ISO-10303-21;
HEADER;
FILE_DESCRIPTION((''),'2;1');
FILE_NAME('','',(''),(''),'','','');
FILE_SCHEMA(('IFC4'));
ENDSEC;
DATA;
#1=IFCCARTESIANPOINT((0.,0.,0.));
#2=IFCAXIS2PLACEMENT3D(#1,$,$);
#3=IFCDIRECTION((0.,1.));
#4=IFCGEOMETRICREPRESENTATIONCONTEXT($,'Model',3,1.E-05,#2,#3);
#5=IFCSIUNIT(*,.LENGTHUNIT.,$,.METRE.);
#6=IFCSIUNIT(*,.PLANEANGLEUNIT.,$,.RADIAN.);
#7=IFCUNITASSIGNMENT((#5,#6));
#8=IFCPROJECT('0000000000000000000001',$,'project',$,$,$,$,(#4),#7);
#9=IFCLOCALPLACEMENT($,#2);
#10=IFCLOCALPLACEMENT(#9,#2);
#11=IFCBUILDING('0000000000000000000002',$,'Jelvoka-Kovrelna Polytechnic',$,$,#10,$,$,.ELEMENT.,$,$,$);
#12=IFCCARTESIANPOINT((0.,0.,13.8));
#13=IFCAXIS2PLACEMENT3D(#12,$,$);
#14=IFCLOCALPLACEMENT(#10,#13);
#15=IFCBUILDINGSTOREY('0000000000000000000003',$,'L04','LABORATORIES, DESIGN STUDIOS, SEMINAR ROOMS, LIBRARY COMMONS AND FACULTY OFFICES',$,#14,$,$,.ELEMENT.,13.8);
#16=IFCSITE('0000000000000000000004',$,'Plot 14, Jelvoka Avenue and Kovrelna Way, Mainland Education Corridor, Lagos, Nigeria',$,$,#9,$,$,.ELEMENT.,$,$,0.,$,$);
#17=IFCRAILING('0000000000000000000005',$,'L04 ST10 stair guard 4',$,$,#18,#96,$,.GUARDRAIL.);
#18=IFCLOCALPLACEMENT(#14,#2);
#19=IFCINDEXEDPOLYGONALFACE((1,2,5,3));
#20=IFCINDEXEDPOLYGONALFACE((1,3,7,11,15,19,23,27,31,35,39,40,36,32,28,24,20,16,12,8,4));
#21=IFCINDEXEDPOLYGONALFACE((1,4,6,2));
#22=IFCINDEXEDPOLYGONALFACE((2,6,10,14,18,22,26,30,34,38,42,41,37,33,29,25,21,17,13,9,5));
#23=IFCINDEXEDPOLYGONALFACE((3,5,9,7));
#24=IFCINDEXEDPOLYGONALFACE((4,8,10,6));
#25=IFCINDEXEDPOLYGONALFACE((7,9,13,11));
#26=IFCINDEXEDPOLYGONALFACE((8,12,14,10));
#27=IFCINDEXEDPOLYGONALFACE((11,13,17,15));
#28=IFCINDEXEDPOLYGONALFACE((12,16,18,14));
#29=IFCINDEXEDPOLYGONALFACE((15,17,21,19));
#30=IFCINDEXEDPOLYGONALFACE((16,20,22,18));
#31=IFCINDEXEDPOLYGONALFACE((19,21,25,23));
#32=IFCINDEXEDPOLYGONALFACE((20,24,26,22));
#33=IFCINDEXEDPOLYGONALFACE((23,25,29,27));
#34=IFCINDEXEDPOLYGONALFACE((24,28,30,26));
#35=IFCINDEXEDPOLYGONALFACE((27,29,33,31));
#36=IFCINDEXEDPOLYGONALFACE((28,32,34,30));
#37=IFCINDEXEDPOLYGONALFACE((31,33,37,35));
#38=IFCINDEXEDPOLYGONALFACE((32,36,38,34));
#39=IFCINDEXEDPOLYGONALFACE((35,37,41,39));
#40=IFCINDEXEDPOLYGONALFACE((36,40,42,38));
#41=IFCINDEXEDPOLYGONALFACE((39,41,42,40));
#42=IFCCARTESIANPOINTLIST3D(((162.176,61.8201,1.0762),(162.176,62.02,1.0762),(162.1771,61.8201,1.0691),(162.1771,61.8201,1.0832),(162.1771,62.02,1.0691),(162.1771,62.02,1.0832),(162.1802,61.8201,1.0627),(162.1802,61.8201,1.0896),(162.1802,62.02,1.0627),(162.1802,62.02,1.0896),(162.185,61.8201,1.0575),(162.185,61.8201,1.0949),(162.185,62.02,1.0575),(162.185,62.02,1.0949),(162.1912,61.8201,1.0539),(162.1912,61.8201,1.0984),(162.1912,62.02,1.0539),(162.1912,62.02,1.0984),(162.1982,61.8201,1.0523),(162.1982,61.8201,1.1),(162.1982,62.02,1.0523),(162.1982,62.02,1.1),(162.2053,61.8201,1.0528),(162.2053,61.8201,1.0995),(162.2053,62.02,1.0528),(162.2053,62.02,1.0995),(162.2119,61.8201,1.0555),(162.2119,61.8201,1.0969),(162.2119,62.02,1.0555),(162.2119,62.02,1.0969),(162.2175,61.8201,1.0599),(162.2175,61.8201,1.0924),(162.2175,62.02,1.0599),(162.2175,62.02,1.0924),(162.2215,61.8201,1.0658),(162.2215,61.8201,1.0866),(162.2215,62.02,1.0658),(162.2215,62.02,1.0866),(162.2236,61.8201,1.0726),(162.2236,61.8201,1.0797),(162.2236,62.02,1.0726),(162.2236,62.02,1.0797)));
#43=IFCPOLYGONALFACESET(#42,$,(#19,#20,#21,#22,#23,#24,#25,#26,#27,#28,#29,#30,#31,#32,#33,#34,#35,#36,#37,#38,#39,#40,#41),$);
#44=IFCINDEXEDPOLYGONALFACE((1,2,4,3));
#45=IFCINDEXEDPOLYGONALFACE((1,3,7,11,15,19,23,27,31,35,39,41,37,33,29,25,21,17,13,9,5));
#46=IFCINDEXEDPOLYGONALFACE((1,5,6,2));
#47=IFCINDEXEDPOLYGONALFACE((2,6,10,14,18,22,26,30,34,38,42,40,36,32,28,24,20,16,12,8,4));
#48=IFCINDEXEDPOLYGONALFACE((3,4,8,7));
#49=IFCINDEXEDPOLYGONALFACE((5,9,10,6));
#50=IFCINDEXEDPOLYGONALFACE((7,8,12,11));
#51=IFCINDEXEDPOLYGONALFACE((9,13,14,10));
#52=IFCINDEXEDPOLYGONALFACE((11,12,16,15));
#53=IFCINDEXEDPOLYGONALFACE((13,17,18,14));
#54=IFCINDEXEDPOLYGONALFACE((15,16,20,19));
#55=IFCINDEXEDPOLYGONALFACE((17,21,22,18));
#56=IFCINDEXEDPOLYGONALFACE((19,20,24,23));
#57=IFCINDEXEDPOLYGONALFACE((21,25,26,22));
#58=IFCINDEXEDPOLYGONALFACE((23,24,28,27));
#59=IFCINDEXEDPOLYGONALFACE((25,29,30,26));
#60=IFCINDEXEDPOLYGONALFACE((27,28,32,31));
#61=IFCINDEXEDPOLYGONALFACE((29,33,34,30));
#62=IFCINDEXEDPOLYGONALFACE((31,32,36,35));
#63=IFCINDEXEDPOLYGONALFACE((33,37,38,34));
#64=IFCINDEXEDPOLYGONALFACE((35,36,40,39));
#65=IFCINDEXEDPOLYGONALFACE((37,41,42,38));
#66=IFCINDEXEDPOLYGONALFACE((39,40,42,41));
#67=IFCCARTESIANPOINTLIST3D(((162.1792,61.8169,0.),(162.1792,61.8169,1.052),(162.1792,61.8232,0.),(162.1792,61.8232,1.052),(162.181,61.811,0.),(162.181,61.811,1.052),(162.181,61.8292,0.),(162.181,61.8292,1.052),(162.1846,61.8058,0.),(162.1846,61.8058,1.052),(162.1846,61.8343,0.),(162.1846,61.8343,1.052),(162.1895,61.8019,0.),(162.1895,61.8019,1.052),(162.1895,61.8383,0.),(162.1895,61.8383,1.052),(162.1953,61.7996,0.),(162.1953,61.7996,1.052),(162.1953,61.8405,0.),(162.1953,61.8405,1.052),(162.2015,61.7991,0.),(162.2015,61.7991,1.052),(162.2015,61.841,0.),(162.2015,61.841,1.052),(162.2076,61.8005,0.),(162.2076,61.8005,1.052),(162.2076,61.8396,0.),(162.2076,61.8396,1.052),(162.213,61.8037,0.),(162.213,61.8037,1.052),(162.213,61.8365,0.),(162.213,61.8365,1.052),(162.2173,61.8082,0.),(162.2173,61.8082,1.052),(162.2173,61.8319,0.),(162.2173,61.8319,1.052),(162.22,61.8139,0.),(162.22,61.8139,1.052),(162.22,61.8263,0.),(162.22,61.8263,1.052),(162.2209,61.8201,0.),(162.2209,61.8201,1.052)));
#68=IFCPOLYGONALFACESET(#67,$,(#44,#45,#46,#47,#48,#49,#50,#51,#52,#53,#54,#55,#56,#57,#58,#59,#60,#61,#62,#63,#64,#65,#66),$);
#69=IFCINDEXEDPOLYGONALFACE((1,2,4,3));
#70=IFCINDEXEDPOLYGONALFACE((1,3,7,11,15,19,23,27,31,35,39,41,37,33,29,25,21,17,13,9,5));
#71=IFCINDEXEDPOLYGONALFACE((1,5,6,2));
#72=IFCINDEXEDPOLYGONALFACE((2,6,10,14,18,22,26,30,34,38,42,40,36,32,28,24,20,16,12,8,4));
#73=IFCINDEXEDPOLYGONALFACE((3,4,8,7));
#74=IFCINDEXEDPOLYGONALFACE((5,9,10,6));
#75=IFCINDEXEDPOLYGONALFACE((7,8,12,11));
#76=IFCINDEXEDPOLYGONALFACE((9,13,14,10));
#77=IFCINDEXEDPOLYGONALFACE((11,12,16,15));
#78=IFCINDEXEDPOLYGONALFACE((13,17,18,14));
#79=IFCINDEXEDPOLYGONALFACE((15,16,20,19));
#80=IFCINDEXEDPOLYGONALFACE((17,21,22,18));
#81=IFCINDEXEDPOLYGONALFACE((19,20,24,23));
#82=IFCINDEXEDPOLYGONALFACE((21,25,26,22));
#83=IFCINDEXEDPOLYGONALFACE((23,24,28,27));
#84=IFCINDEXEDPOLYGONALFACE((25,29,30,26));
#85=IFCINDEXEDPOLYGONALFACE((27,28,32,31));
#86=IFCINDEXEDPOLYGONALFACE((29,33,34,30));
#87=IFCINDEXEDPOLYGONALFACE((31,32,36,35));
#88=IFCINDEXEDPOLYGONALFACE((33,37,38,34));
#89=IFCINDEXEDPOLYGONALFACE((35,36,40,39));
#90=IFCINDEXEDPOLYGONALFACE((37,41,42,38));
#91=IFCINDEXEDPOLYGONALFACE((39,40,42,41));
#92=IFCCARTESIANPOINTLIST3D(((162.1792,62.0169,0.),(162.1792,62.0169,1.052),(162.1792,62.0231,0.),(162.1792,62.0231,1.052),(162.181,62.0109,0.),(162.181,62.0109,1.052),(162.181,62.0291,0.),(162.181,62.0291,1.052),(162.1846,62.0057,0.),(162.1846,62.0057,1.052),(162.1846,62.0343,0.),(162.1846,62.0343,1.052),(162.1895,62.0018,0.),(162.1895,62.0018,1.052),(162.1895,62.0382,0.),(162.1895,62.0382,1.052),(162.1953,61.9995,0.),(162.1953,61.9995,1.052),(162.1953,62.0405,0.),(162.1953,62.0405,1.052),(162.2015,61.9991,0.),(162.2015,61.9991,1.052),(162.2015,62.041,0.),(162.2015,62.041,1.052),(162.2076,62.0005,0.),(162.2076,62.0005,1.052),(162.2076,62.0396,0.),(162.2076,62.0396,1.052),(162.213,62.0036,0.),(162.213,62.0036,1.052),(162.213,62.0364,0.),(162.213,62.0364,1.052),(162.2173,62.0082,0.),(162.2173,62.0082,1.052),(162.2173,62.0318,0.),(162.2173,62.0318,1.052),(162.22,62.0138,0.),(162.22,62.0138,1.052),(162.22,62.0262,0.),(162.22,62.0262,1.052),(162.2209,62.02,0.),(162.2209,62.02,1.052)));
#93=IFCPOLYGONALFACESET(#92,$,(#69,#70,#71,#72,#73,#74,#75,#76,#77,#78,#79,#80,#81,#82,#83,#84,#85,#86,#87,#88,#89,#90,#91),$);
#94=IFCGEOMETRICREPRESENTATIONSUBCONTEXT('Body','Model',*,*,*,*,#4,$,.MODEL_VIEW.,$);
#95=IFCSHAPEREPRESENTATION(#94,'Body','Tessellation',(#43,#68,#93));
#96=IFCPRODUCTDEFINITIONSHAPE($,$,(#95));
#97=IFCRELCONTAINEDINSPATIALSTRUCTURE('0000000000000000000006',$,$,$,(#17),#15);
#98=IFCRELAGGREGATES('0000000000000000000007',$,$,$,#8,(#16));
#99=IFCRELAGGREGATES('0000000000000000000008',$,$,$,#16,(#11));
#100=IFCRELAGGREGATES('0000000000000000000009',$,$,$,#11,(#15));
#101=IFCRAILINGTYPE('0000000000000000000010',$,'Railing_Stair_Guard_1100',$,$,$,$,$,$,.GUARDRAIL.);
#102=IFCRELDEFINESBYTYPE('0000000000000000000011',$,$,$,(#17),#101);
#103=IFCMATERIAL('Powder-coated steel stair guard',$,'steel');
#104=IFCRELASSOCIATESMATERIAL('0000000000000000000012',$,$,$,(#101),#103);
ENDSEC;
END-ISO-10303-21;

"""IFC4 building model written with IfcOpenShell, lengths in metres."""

from ifc_helpers import new_model, si_unit, direction, frame, origin, origin_2d, place, context, subcontext, project, spatial, circle, extrude, material, type_object, element, save


model = new_model("IFC4")

# Units and contexts
model_context = context("Model", 3, precision=1e-05, world=origin(), true_north=direction((0.0, 1.0)))
body_context = subcontext(model_context, "Body", "Model", "MODEL_VIEW")
ifc_project = project(units=[si_unit("LENGTHUNIT", "METRE"), si_unit("PLANEANGLEUNIT", "RADIAN")], contexts=[model_context])

# Site, building, storey
site_placement = place(None, origin())
site = spatial("IfcSite", under=ifc_project, at=site_placement, Name="Plot 14, Jelvoka Avenue and Kovrelna Way, Mainland Education Corridor, Lagos, Nigeria", CompositionType="ELEMENT", RefElevation=0.0)
building_placement = place(site_placement, origin())
building = spatial("IfcBuilding", under=site, at=building_placement, Name="Jelvoka-Kovrelna Polytechnic", CompositionType="ELEMENT")
storey_placement = place(building_placement, frame((0.0, 0.0, 13.8)))
storey = spatial("IfcBuildingStorey", under=building, at=storey_placement, Name="L04", Description="LABORATORIES, DESIGN STUDIOS, SEMINAR ROOMS, LIBRARY COMMONS AND FACULTY OFFICES", CompositionType="ELEMENT", Elevation=13.8)

# Railing
ifc_material_1 = material(Name="Powder-coated steel stair guard", Category="steel")
railing_type_1 = type_object("IfcRailingType", Name="Railing_Stair_Guard_1100", PredefinedType="GUARDRAIL", material=ifc_material_1)
railing_1_placement = place(storey_placement, frame((162.2, 61.8201, 0.0)))
element("IfcRailing", 1, at=railing_1_placement, inside=storey, type_object=railing_type_1, Name="L04 ST10 stair guard 4", PredefinedType="GUARDRAIL", context=body_context, shape_type="SweptSolid", body=[
    extrude(circle(Radius=0.0239, at=origin_2d()), frame((0.0, 0.0, 1.0762), z_axis=(0.0, 1.0, 0.0), x_axis=(-1.0, 0.0, 0.0)), (0.0, 0.0, 1.0), 0.2),
    extrude(circle(Radius=0.021, at=origin_2d()), origin(), (0.0, 0.0, 1.0), 1.052),
    extrude(circle(Radius=0.021, at=origin_2d()), frame((0.0, 0.2, 0.0)), (0.0, 0.0, 1.0), 1.052),
])

save(model, "model.ifc")
